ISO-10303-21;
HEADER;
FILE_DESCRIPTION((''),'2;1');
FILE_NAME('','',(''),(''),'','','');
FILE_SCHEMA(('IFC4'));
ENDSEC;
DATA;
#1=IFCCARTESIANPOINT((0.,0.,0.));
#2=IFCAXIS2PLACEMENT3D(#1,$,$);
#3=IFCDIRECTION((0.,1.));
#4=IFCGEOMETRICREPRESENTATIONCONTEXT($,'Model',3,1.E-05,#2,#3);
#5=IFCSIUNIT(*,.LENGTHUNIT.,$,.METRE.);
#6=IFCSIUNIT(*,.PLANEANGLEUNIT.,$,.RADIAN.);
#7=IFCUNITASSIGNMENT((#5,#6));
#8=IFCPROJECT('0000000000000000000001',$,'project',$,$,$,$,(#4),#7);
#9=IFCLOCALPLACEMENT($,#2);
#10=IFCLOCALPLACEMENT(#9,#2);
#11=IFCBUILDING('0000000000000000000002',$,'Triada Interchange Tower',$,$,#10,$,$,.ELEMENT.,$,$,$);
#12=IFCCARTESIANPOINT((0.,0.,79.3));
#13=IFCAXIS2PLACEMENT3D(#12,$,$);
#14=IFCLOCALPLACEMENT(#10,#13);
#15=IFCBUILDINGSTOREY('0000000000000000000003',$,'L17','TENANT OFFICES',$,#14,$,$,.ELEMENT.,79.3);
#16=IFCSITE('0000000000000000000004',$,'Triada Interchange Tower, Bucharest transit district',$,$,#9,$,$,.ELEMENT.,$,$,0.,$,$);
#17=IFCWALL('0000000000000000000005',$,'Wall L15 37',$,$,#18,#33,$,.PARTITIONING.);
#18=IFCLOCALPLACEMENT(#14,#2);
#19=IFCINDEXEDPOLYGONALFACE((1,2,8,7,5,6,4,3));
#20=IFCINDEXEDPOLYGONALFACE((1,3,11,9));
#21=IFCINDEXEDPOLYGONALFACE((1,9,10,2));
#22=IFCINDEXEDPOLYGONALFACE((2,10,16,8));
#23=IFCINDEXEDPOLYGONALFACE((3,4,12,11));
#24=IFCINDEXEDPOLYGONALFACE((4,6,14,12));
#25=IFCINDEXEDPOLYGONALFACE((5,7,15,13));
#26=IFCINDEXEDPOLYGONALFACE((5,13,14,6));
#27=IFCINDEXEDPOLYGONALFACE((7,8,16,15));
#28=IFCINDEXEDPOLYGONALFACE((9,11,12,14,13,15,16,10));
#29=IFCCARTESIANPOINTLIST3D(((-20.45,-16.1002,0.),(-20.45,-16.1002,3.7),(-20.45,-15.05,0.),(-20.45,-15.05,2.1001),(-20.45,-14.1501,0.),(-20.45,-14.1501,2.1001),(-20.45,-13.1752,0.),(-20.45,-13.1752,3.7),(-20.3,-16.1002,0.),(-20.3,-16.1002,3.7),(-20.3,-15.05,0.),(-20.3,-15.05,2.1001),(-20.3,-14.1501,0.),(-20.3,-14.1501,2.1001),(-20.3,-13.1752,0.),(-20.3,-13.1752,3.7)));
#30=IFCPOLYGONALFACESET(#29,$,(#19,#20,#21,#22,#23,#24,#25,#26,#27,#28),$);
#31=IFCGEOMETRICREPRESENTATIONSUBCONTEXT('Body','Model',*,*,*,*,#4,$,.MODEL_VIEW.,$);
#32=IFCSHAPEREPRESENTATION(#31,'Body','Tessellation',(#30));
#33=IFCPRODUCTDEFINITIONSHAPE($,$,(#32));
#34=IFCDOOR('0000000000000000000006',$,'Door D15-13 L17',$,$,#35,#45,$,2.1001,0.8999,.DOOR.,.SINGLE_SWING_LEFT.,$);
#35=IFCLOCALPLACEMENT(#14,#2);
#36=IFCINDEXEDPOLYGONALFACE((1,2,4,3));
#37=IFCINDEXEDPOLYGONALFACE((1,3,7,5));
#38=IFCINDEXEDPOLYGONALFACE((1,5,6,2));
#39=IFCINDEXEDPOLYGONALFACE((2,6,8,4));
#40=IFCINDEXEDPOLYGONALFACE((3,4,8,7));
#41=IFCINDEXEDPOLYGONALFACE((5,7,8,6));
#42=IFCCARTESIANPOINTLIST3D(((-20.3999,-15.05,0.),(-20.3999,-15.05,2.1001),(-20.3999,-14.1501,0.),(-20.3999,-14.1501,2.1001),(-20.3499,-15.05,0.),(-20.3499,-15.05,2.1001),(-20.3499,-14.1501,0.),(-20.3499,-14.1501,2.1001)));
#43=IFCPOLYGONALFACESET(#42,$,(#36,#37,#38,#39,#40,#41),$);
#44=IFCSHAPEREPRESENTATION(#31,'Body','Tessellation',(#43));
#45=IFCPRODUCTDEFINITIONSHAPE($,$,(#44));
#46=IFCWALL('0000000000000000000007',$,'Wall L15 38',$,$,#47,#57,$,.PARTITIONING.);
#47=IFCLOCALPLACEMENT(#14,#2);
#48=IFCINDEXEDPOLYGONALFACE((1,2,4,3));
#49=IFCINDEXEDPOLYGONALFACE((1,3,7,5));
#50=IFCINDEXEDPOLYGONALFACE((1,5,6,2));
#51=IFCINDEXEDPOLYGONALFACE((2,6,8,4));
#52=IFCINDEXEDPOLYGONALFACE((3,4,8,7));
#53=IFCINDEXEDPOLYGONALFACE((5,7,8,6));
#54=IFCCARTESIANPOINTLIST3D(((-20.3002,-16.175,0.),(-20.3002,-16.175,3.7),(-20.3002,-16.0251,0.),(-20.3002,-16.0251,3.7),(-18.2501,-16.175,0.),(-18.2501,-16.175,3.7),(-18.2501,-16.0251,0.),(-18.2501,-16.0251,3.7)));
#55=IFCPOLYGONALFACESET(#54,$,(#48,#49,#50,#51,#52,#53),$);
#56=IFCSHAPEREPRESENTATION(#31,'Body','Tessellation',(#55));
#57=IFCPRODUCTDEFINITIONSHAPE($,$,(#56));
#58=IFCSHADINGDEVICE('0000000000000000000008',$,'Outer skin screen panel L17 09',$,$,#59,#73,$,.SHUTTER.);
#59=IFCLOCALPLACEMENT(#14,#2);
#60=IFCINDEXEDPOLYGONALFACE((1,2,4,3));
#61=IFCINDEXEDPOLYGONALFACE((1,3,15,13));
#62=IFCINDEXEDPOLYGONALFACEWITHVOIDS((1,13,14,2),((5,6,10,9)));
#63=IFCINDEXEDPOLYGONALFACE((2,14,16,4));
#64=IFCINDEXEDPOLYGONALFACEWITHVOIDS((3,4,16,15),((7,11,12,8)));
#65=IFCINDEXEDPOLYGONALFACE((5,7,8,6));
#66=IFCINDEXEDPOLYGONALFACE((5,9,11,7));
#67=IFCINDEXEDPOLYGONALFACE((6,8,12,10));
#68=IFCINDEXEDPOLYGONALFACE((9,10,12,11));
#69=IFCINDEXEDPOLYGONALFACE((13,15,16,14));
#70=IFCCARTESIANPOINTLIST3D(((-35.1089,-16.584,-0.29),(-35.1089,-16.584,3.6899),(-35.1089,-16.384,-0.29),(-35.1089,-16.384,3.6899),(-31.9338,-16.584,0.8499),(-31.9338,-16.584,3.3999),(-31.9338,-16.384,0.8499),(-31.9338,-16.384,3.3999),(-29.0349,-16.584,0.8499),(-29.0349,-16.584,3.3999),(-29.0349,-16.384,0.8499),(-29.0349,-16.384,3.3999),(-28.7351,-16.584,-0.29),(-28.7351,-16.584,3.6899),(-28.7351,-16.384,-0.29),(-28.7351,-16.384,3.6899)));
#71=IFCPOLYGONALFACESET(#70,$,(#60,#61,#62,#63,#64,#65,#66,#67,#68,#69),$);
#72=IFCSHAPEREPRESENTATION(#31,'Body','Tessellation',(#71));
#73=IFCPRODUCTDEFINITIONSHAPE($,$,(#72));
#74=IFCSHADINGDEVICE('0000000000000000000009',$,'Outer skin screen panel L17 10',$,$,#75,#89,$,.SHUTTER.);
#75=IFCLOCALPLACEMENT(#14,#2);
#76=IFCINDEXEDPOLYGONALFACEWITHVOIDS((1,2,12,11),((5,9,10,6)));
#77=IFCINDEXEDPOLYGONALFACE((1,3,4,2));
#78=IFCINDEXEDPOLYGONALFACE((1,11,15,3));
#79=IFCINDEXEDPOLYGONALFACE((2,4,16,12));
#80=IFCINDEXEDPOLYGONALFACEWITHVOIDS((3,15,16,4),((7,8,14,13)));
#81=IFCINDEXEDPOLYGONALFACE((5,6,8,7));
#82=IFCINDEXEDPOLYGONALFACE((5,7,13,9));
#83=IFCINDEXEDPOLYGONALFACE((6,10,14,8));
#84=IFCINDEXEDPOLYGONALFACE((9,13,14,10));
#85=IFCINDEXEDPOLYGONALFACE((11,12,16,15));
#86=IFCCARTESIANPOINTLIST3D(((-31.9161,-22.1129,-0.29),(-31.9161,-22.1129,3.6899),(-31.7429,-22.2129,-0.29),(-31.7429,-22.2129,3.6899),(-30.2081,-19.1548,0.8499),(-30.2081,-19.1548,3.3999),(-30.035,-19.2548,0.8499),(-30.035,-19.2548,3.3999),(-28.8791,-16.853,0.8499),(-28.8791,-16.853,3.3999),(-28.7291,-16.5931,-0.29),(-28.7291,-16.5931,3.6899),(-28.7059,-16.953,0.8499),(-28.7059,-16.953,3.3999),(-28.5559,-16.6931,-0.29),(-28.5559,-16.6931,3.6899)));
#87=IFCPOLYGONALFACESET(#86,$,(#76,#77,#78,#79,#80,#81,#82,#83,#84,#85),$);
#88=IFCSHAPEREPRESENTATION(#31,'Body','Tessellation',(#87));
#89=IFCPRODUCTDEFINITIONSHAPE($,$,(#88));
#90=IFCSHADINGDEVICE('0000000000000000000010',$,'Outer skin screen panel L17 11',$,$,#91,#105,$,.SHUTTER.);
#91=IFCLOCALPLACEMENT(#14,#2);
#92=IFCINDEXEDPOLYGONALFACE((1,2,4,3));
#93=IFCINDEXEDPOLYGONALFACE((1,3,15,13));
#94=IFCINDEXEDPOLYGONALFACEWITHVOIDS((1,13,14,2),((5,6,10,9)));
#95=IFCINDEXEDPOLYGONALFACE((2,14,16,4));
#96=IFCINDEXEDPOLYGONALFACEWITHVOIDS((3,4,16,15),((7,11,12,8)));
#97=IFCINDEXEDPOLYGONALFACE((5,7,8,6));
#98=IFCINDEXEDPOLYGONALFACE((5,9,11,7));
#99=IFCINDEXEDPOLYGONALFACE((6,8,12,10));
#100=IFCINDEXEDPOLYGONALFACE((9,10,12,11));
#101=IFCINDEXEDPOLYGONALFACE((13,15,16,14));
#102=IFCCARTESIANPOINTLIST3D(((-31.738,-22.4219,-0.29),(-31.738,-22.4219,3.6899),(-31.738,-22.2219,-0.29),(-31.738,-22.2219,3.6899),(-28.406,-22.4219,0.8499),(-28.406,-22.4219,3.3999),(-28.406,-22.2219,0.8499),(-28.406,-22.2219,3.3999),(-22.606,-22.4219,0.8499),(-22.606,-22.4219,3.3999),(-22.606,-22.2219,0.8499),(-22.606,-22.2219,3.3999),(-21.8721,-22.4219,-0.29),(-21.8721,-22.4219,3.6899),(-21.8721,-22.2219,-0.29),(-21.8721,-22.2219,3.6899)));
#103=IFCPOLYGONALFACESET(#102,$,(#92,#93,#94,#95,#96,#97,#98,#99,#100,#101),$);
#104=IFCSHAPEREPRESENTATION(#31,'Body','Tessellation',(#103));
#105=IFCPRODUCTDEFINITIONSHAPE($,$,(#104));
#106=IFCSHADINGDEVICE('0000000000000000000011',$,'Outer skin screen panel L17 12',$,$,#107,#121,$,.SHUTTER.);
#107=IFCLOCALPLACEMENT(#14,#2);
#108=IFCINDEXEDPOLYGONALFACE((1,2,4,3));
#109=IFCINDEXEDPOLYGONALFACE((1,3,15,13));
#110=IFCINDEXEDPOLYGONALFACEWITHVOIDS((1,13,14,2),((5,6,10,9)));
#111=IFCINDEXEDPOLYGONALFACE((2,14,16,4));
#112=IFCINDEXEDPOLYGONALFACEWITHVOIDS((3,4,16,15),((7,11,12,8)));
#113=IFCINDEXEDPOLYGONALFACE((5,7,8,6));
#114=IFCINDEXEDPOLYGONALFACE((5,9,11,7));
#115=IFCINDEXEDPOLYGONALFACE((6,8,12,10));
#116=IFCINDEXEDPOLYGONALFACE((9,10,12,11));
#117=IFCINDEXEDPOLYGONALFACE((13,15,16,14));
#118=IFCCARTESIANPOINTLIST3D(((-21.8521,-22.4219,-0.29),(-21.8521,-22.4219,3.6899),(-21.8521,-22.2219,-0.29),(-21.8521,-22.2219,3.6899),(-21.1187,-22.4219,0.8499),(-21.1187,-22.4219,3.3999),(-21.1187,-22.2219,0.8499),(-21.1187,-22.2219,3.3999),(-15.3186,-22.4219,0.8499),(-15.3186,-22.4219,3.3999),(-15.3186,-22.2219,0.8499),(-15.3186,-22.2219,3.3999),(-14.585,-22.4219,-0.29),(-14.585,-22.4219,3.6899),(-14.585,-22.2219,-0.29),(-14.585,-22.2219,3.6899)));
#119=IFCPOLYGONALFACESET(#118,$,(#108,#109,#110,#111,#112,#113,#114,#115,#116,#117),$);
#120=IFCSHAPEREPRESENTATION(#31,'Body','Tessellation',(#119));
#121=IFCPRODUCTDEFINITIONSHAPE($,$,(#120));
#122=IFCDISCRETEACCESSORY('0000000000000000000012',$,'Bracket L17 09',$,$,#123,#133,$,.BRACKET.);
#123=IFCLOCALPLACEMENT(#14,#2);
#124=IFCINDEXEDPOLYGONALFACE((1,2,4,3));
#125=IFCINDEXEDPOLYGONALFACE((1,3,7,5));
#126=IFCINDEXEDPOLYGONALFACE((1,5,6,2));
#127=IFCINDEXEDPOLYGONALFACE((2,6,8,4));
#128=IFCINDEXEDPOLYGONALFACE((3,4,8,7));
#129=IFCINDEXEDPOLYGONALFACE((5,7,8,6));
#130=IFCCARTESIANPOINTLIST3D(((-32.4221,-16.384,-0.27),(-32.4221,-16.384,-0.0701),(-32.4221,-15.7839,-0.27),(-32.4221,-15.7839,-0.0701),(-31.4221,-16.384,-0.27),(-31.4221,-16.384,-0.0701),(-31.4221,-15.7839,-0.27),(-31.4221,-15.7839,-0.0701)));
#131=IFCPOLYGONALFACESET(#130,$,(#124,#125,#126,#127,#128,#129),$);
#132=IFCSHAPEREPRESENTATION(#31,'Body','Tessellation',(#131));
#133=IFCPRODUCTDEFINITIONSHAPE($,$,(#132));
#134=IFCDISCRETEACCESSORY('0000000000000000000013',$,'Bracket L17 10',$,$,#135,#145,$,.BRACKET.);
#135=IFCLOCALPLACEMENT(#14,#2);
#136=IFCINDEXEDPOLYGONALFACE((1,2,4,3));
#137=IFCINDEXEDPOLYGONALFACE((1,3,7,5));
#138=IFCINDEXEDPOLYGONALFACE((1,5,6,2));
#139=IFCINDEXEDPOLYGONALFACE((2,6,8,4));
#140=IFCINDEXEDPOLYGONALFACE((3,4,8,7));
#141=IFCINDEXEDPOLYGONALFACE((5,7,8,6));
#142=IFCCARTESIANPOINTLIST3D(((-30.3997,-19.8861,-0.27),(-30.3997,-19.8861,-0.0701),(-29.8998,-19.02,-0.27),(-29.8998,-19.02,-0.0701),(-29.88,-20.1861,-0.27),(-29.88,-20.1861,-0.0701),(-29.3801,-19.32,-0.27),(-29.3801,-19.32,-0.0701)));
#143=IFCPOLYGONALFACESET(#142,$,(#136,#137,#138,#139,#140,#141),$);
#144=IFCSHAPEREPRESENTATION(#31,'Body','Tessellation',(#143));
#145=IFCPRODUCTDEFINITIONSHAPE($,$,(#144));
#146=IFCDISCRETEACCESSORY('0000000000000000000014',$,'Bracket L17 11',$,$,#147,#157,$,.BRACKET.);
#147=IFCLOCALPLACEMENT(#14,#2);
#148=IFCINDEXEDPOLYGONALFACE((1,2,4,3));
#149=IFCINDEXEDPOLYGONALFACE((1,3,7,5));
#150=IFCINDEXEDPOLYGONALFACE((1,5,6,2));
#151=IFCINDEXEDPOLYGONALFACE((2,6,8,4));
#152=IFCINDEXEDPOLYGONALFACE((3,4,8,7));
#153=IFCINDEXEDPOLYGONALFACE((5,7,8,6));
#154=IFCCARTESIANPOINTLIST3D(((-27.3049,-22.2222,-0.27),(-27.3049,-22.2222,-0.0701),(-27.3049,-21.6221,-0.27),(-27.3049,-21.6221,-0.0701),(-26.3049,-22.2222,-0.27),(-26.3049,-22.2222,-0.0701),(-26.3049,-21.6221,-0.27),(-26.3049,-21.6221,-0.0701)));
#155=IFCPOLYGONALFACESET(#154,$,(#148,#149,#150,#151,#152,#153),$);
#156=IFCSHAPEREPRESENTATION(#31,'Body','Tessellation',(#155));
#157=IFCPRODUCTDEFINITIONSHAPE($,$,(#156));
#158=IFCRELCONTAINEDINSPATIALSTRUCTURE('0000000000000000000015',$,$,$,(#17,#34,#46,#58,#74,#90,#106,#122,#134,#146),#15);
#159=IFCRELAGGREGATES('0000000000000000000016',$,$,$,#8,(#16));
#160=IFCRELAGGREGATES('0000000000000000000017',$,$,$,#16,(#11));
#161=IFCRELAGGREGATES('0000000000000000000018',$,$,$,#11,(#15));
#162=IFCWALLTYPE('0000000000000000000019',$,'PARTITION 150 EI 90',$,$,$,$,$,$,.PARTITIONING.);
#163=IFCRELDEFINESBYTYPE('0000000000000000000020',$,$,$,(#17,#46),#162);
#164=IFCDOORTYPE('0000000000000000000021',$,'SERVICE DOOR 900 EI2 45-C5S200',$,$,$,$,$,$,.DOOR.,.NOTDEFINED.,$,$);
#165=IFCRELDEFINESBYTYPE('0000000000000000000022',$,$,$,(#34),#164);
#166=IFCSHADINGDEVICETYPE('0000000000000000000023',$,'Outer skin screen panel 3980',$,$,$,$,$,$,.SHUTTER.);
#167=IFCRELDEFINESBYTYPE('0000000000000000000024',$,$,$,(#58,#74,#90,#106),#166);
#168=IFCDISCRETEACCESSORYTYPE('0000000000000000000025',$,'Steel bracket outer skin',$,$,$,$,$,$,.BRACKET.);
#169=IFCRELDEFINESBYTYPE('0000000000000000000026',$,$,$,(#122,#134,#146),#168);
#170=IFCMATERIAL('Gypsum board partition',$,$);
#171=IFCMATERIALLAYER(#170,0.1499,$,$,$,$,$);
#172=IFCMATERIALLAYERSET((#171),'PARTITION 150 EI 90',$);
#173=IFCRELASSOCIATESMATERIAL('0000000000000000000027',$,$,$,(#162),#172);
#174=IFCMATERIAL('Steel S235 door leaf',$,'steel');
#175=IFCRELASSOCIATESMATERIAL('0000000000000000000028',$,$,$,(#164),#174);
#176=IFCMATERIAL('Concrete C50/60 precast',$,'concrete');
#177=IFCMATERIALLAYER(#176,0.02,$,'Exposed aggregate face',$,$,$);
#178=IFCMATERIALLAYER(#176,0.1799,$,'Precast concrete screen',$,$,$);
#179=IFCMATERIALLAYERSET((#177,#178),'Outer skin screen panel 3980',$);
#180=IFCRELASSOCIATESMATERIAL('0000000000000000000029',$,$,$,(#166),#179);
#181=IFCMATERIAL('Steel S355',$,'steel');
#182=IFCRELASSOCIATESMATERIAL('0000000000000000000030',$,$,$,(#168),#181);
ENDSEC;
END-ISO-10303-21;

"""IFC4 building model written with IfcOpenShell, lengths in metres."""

from ifc_helpers import new_model, si_unit, direction, frame, frame_2d, origin, origin_2d, place, context, subcontext, project, spatial, polyline, rectangle, outline, extrude, material, layer, layer_set, type_object, element, fill, save


model = new_model("IFC4")

# Units and contexts
model_context = context("Model", 3, precision=1e-05, world=origin(), true_north=direction((0.0, 1.0)))
body_context = subcontext(model_context, "Body", "Model", "MODEL_VIEW")
ifc_project = project(units=[si_unit("LENGTHUNIT", "METRE"), si_unit("PLANEANGLEUNIT", "RADIAN")], contexts=[model_context])

# Site, building, storey
site_placement = place(None, origin())
site = spatial("IfcSite", under=ifc_project, at=site_placement, Name="Triada Interchange Tower, Bucharest transit district", CompositionType="ELEMENT", RefElevation=0.0)
building_placement = place(site_placement, origin())
building = spatial("IfcBuilding", under=site, at=building_placement, Name="Triada Interchange Tower", CompositionType="ELEMENT")
storey_placement = place(building_placement, frame((0.0, 0.0, 79.3)))
storey = spatial("IfcBuildingStorey", under=building, at=storey_placement, Name="L17", Description="TENANT OFFICES", CompositionType="ELEMENT", Elevation=79.3)

# Wall, opening, door
ifc_material_1 = material(Name="Gypsum board partition")
ifc_layer_1 = layer(ifc_material_1, 0.1499)
ifc_layer_set_1 = layer_set([ifc_layer_1], Name="PARTITION 150 EI 90")
wall_type_1 = type_object("IfcWallType", Name="PARTITION 150 EI 90", PredefinedType="PARTITIONING", material=ifc_layer_set_1)
wall_1_placement = place(storey_placement, frame((-20.375, -16.1001, 0.0), z_axis=(0.0, 0.0, 1.0), x_axis=(0.0, 1.0, 0.0)))
wall_1 = element("IfcWall", 1, at=wall_1_placement, inside=storey, type_object=wall_type_1, Name="Wall L15 37", PredefinedType="PARTITIONING", context=body_context, shape_type="SweptSolid", body=[
    extrude(rectangle(XDim=2.925, YDim=0.1499, at=frame_2d((1.4624, 0.0))), origin(), (0.0, 0.0, 1.0), 3.7),
])
opening_1_placement = place(wall_1_placement, frame((1.05, 0.0, 0.0)))
opening_1 = element("IfcOpeningElement", 2, at=opening_1_placement, cuts=wall_1, PredefinedType="OPENING", context=body_context, shape_type="SweptSolid", body=[
    extrude(rectangle(XDim=0.8999, YDim=2.1001, at=frame_2d((0.45, 1.05))), frame((0.0, 0.085, 0.0), z_axis=(0.0, -1.0, 0.0), x_axis=(1.0, 0.0, 0.0)), (0.0, 0.0, 1.0), 0.1699),
])
ifc_material_2 = material(Name="Steel S235 door leaf", Category="steel")
door_type = type_object("IfcDoorType", Name="SERVICE DOOR 900 EI2 45-C5S200", OperationType="NOTDEFINED", PredefinedType="DOOR", material=ifc_material_2)
door_placement = place(opening_1_placement, origin())
door = element("IfcDoor", 3, at=door_placement, inside=storey, type_object=door_type, Name="Door D15-13 L17", OperationType="SINGLE_SWING_LEFT", OverallHeight=2.1001, OverallWidth=0.8999, PredefinedType="DOOR", context=body_context, shape_type="SweptSolid", body=[
    extrude(rectangle(XDim=0.8999, YDim=2.1001, at=frame_2d((0.45, 1.05))), frame((0.0, 0.0249, 0.0), z_axis=(0.0, -1.0, 0.0), x_axis=(1.0, 0.0, 0.0)), (0.0, 0.0, 1.0), 0.05),
])
fill(opening_1, door)

# Wall
wall_2_placement = place(storey_placement, frame((-20.3, -16.1001, 0.0), z_axis=(0.0, 0.0, 1.0), x_axis=(1.0, 0.0, 0.0)))
element("IfcWall", 4, at=wall_2_placement, inside=storey, type_object=wall_type_1, Name="Wall L15 38", PredefinedType="PARTITIONING", context=body_context, shape_type="SweptSolid", body=[
    extrude(rectangle(XDim=2.05, YDim=0.1499, at=frame_2d((1.0249, 0.0))), origin(), (0.0, 0.0, 1.0), 3.7),
])

# Shading devices
ifc_material_3 = material(Name="Concrete C50/60 precast", Category="concrete")
ifc_layer_2 = layer(ifc_material_3, 0.02, Name="Exposed aggregate face")
ifc_layer_3 = layer(ifc_material_3, 0.1799, Name="Precast concrete screen")
ifc_layer_set_2 = layer_set([ifc_layer_2, ifc_layer_3], Name="Outer skin screen panel 3980")
shading_device_type = type_object("IfcShadingDeviceType", Name="Outer skin screen panel 3980", PredefinedType="SHUTTER", material=ifc_layer_set_2)
shading_device_1_placement = place(storey_placement, frame((-35.1089, -16.384, -0.29), z_axis=(0.0, 0.0, 1.0), x_axis=(1.0, 0.0, 0.0)))
element("IfcShadingDevice", 5, at=shading_device_1_placement, inside=storey, type_object=shading_device_type, Name="Outer skin screen panel L17 09", PredefinedType="SHUTTER", context=body_context, shape_type="SweptSolid", body=[
    extrude(outline(polyline([(0.0, 0.0), (6.3738, 0.0), (6.3738, 3.98), (0.0, 3.98), (0.0, 0.0)]), holes=[polyline([(3.175, 1.1399), (3.175, 3.6899), (6.074, 3.6899), (6.074, 1.1399), (3.175, 1.1399)])]), frame((0.0, 0.0, 0.0), z_axis=(0.0, -1.0, 0.0), x_axis=(1.0, 0.0, 0.0)), (0.0, 0.0, 1.0), 0.2),
])
shading_device_2_placement = place(storey_placement, frame((-28.5559, -16.6931, -0.29), z_axis=(0.0, 0.0, 1.0), x_axis=(-0.50002, -0.866014, 0.0)))
element("IfcShadingDevice", 6, at=shading_device_2_placement, inside=storey, type_object=shading_device_type, Name="Outer skin screen panel L17 10", PredefinedType="SHUTTER", context=body_context, shape_type="SweptSolid", body=[
    extrude(outline(polyline([(0.0, 0.0), (6.3738, 0.0), (6.3738, 3.98), (0.0, 3.98), (0.0, 0.0)]), holes=[polyline([(0.3, 1.1399), (0.3, 3.6899), (2.958, 3.6899), (2.958, 1.1399), (0.3, 1.1399)])]), frame((0.0, 0.0, 0.0), z_axis=(0.0, -1.0, 0.0), x_axis=(1.0, 0.0, 0.0)), (0.0, 0.0, 1.0), 0.2),
])
shading_device_3_placement = place(storey_placement, frame((-31.738, -22.2219, -0.29), z_axis=(0.0, 0.0, 1.0), x_axis=(1.0, 0.0, 0.0)))
element("IfcShadingDevice", 7, at=shading_device_3_placement, inside=storey, type_object=shading_device_type, Name="Outer skin screen panel L17 11", PredefinedType="SHUTTER", context=body_context, shape_type="SweptSolid", body=[
    extrude(outline(polyline([(0.0, 0.0), (9.866, 0.0), (9.866, 3.98), (0.0, 3.98), (0.0, 0.0)]), holes=[polyline([(3.332, 1.1399), (3.332, 3.6899), (9.1321, 3.6899), (9.1321, 1.1399), (3.332, 1.1399)])]), frame((0.0, 0.0, 0.0), z_axis=(0.0, -1.0, 0.0), x_axis=(1.0, 0.0, 0.0)), (0.0, 0.0, 1.0), 0.2),
])
shading_device_4_placement = place(storey_placement, frame((-21.8521, -22.2219, -0.29), z_axis=(0.0, 0.0, 1.0), x_axis=(1.0, 0.0, 0.0)))
element("IfcShadingDevice", 8, at=shading_device_4_placement, inside=storey, type_object=shading_device_type, Name="Outer skin screen panel L17 12", PredefinedType="SHUTTER", context=body_context, shape_type="SweptSolid", body=[
    extrude(outline(polyline([(0.0, 0.0), (7.2671, 0.0), (7.2671, 3.98), (0.0, 3.98), (0.0, 0.0)]), holes=[polyline([(0.7334, 1.1399), (0.7334, 3.6899), (6.5334, 3.6899), (6.5334, 1.1399), (0.7334, 1.1399)])]), frame((0.0, 0.0, 0.0), z_axis=(0.0, -1.0, 0.0), x_axis=(1.0, 0.0, 0.0)), (0.0, 0.0, 1.0), 0.2),
])

# Discrete accessories
ifc_material_4 = material(Name="Steel S355", Category="steel")
discrete_accessory_type = type_object("IfcDiscreteAccessoryType", Name="Steel bracket outer skin", PredefinedType="BRACKET", material=ifc_material_4)
for number, where, z_axis, x_axis, name in (
    (9, (-31.9221, -16.084, -0.27), (0.0, 0.0, 1.0), (0.0, -1.0, 0.0), "Bracket L17 09"),
    (10, (-29.8899, -19.603, -0.27), (0.0, 0.0, 1.0), (-0.866062, 0.499936, 0.0), "Bracket L17 10"),
    (11, (-26.8049, -21.9221, -0.27), (0.0, 0.0, 1.0), (0.0, -1.0, 0.0), "Bracket L17 11"),
):
    element("IfcDiscreteAccessory", number, at=place(storey_placement, frame(where, z_axis=z_axis, x_axis=x_axis)), inside=storey, type_object=discrete_accessory_type, Name=name, PredefinedType="BRACKET", context=body_context, shape_type="SweptSolid", body=[
        extrude(rectangle(XDim=0.6001, YDim=1.0, at=origin_2d()), origin(), (0.0, 0.0, 1.0), 0.2),
    ])

save(model, "model.ifc")
